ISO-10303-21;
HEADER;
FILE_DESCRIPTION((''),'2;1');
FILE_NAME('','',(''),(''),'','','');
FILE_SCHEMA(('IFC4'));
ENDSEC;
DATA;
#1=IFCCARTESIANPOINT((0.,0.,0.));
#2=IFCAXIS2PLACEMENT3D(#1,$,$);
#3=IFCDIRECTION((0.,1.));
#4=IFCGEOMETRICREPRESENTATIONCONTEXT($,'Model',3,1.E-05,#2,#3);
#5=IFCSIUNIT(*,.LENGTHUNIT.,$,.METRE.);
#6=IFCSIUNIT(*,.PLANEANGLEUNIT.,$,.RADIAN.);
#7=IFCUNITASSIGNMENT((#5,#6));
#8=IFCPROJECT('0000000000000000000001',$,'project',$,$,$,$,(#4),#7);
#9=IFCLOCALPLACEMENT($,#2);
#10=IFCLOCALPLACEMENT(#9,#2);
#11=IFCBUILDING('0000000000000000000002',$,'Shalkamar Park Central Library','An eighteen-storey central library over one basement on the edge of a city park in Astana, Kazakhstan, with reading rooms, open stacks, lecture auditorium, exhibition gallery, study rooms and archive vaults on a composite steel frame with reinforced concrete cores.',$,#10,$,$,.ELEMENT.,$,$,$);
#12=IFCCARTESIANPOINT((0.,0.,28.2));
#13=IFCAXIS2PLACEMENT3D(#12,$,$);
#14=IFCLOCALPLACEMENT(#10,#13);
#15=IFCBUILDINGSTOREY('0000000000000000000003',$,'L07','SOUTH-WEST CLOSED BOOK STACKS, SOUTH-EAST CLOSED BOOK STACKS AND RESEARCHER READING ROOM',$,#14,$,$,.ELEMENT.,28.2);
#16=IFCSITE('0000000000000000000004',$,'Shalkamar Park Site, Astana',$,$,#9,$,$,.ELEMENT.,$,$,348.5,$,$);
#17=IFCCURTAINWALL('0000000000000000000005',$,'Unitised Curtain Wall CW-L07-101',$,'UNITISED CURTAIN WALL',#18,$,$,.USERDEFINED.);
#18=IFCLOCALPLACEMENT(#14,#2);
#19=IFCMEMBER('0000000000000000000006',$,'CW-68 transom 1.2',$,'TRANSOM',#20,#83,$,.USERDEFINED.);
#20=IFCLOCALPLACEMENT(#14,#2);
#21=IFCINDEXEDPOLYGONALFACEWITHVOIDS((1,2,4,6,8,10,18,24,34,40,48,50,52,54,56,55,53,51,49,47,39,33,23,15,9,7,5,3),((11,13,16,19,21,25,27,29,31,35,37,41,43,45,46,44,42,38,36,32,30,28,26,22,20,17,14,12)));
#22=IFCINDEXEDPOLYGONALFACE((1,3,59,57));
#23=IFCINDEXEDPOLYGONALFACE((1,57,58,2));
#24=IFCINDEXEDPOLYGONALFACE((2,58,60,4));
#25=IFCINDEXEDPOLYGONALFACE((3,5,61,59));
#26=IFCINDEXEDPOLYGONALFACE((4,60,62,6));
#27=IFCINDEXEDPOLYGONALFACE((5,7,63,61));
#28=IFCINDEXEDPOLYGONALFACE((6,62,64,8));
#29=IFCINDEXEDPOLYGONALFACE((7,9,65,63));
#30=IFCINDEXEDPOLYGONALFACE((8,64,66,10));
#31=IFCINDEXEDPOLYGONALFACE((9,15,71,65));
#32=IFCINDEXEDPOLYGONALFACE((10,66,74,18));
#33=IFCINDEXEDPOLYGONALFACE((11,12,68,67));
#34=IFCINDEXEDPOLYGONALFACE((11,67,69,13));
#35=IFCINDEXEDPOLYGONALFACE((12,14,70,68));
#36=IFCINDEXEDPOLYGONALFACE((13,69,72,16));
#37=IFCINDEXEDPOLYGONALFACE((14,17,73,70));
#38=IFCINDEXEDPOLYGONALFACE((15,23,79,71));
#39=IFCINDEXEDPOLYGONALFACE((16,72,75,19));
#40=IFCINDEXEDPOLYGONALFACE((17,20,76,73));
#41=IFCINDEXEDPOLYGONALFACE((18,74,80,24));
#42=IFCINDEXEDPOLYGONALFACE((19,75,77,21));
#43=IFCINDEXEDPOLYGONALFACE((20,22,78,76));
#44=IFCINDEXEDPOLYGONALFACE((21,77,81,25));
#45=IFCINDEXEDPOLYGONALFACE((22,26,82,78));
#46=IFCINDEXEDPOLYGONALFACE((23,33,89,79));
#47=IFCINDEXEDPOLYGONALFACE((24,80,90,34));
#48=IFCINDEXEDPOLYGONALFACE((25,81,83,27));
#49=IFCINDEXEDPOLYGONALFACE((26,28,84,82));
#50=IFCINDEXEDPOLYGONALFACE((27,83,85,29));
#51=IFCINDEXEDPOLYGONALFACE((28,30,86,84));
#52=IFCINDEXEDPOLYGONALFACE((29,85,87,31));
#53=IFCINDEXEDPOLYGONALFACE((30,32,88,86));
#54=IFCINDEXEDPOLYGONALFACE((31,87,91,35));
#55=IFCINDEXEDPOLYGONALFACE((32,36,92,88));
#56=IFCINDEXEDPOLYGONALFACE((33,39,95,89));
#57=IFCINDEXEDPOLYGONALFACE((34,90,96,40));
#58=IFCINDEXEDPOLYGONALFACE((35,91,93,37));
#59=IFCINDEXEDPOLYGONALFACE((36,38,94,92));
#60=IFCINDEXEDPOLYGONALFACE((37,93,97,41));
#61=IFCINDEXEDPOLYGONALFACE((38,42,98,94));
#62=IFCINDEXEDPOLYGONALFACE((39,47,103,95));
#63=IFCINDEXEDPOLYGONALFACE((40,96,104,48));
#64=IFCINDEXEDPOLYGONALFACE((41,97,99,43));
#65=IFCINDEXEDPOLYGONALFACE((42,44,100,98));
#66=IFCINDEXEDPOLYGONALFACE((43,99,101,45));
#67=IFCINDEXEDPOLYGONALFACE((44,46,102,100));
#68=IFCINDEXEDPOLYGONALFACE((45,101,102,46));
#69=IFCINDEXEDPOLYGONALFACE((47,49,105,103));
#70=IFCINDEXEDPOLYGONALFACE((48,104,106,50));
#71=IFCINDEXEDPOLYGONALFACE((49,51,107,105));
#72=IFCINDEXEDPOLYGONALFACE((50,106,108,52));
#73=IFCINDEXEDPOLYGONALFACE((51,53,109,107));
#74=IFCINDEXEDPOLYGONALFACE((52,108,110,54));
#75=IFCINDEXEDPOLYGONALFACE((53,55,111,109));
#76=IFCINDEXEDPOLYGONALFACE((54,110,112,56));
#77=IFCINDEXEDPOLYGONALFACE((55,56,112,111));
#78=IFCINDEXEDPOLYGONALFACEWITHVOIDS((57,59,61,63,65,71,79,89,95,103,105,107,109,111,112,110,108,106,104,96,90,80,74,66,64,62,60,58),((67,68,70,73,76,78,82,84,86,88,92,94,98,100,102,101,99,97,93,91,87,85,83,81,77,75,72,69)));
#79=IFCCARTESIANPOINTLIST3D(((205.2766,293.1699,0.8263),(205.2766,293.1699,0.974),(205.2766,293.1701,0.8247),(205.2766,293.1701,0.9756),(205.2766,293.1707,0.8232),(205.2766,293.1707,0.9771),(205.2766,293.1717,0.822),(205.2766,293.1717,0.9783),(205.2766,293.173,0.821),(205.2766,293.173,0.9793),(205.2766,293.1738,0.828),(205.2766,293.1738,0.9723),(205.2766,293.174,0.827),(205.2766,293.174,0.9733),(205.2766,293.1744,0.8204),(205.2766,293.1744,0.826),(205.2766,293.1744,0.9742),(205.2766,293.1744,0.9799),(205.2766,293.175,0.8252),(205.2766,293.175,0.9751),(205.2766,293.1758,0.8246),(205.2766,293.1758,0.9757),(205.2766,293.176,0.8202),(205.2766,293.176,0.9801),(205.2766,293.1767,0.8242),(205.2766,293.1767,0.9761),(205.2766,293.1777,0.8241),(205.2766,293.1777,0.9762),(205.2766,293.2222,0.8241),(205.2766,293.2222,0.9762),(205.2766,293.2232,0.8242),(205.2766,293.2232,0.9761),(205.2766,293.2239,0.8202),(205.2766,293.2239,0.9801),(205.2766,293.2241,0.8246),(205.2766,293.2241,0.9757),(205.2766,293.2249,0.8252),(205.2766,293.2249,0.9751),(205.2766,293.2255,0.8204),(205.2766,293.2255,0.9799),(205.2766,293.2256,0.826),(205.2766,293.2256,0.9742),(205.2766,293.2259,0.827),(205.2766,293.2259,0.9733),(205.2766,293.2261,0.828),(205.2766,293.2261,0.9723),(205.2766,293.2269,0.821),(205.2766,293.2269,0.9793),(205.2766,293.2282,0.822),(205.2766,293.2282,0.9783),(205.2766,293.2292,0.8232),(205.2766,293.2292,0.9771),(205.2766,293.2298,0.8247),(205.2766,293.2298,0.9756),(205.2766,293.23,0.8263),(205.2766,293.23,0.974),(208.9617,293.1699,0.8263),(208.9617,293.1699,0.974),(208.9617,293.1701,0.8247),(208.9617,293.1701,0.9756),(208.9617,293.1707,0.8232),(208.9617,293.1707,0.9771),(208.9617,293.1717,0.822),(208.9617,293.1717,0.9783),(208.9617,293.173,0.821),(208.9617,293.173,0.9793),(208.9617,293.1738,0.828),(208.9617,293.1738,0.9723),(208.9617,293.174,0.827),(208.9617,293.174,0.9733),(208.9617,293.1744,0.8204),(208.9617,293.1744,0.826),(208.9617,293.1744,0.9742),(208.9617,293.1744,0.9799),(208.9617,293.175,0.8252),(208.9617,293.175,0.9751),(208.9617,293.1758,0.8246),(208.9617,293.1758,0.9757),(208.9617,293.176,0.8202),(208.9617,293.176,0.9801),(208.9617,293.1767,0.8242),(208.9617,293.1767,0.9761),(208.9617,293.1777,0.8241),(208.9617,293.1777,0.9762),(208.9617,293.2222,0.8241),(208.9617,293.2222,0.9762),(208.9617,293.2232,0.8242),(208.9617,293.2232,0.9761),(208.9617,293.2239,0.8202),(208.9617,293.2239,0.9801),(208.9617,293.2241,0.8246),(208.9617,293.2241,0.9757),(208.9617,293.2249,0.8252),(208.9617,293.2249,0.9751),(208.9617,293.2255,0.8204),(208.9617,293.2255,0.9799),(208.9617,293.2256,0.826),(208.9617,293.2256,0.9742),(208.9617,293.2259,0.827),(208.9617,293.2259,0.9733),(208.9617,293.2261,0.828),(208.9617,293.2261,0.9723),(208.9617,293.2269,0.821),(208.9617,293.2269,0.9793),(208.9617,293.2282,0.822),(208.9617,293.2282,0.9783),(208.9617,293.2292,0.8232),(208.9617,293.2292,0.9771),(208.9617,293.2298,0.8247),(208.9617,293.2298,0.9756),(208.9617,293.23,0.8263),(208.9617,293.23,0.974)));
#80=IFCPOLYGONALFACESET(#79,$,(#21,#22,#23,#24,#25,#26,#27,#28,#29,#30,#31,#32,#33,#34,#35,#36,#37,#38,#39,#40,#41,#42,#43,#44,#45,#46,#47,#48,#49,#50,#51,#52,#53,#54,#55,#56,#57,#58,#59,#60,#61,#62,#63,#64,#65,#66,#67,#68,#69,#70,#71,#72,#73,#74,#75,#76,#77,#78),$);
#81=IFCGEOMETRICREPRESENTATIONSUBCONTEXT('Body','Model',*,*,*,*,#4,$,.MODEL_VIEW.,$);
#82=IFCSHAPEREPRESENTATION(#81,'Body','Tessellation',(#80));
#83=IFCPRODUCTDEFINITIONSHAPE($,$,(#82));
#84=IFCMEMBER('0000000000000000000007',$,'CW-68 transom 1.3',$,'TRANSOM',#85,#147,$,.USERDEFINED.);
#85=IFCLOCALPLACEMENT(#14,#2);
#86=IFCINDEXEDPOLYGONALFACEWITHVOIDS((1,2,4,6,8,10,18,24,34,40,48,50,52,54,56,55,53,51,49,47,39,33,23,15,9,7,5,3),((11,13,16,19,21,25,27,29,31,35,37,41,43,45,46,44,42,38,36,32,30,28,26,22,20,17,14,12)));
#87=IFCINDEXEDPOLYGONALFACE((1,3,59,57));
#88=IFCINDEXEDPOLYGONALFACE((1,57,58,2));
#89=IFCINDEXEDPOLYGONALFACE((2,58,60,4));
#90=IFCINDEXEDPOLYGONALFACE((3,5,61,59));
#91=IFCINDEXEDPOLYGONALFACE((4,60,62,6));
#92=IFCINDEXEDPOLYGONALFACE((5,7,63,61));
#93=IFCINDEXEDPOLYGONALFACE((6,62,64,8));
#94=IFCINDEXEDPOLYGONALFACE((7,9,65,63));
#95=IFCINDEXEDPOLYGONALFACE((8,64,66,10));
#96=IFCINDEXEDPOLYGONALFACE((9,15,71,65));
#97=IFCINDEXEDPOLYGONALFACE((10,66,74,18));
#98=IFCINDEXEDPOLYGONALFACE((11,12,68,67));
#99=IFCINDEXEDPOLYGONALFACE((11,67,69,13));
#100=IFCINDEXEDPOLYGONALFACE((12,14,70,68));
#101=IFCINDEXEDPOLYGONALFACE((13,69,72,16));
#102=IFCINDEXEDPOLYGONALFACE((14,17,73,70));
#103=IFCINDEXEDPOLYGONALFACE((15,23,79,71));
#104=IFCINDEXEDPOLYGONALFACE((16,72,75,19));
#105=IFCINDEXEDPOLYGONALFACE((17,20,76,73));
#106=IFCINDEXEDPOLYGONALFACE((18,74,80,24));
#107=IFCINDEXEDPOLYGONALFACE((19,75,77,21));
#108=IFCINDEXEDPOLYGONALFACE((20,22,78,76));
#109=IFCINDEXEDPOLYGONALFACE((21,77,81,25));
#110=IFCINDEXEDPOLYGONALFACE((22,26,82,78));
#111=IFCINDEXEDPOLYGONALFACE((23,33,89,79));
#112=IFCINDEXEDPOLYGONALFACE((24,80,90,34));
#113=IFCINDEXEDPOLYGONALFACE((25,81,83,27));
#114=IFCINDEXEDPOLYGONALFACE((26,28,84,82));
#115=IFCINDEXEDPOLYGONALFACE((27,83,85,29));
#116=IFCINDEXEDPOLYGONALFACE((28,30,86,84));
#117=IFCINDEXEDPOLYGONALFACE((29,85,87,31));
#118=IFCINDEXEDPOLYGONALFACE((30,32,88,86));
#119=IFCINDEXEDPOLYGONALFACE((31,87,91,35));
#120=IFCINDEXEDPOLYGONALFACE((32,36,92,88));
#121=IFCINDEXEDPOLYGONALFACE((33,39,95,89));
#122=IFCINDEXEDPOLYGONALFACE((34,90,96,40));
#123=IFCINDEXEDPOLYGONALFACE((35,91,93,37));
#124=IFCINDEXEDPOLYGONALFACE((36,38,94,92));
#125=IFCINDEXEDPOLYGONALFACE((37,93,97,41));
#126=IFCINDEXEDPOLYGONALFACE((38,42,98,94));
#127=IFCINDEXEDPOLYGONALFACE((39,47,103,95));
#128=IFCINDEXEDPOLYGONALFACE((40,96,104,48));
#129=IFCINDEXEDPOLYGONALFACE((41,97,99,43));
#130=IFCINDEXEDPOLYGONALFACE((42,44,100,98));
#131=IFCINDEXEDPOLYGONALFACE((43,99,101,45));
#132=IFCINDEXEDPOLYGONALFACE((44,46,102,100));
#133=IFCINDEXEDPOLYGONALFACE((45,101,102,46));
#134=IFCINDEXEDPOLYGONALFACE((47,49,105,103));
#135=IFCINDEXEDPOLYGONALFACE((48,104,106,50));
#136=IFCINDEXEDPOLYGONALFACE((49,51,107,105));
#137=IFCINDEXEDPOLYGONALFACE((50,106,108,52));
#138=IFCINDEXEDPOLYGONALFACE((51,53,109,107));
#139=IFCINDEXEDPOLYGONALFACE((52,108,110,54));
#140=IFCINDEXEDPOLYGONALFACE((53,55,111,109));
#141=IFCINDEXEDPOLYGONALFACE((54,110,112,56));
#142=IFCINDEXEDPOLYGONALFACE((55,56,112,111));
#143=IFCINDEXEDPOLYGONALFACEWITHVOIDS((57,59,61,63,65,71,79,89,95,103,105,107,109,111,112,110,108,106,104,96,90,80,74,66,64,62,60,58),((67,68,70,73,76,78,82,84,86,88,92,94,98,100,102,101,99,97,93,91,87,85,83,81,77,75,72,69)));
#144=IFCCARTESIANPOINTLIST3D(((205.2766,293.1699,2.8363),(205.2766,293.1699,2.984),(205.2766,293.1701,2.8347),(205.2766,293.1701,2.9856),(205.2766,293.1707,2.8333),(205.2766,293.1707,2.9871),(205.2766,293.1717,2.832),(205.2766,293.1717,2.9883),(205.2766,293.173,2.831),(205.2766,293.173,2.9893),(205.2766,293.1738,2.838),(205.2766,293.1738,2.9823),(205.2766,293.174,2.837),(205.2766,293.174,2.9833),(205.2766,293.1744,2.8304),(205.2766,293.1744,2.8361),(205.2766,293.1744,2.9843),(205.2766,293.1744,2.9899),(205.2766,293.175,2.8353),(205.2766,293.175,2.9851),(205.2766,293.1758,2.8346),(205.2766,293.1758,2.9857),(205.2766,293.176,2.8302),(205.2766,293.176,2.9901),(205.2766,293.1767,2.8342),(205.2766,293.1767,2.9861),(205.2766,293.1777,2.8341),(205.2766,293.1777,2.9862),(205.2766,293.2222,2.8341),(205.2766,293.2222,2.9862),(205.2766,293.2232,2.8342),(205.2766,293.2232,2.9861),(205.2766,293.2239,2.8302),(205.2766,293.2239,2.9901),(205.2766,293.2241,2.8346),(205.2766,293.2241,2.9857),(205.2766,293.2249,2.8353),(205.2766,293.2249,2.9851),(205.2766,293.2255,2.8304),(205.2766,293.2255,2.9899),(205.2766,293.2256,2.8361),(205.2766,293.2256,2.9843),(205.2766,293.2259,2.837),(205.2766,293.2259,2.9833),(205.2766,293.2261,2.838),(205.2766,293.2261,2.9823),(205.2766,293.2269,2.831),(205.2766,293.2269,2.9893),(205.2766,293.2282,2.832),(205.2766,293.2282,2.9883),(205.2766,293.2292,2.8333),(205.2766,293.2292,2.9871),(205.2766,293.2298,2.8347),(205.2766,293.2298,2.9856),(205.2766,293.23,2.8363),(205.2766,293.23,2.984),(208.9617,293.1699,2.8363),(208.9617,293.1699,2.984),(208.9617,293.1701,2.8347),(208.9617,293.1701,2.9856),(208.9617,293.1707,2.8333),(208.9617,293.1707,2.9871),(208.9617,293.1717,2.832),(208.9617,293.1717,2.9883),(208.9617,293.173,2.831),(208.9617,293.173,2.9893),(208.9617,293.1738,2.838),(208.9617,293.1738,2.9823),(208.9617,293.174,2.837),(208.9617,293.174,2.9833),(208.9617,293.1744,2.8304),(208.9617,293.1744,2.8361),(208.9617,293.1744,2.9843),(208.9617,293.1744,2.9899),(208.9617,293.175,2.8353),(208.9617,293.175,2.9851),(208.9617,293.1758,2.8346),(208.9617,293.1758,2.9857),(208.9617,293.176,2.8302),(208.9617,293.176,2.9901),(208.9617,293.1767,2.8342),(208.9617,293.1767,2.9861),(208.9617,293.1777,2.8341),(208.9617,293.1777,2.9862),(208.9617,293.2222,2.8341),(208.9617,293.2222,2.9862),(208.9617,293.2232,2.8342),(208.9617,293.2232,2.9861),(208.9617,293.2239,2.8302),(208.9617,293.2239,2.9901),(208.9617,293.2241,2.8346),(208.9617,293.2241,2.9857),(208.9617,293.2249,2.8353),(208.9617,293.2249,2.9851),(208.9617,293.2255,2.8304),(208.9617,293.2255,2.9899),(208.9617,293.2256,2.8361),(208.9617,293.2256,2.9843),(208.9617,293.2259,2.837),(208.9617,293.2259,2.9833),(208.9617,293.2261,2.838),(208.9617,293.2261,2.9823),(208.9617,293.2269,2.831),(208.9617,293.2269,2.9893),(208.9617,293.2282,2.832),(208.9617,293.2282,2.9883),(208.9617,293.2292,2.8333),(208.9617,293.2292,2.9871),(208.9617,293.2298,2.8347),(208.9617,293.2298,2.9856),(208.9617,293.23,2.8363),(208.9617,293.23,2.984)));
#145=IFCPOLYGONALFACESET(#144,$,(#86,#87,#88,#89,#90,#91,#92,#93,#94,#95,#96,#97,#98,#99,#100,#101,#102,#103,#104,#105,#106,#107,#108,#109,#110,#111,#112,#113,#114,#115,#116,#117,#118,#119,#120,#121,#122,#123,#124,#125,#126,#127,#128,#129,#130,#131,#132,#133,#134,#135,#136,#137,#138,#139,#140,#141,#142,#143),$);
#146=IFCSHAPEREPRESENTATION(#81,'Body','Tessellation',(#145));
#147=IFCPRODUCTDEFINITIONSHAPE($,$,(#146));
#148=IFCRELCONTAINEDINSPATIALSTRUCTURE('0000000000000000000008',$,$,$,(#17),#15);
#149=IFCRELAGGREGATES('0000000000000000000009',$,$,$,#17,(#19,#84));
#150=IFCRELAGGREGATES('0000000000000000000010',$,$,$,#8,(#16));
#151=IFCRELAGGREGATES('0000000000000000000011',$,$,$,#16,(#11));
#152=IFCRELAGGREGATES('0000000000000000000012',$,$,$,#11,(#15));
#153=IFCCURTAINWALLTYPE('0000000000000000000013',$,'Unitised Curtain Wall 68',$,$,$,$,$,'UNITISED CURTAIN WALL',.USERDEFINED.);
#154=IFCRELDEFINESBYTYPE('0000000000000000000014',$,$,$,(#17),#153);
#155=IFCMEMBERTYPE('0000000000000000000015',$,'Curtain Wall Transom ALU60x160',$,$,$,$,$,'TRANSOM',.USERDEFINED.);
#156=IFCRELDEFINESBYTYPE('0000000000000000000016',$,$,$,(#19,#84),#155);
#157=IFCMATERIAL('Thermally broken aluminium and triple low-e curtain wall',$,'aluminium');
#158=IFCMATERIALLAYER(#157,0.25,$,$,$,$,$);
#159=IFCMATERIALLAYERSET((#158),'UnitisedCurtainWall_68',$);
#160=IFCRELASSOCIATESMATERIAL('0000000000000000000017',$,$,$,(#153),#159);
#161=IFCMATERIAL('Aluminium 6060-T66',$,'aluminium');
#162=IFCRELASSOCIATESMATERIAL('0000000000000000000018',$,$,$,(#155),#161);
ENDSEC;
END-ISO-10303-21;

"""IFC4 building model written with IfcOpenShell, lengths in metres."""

from ifc_helpers import new_model, si_unit, direction, frame, origin, origin_2d, place, context, subcontext, project, spatial, hollow_rectangle, extrude, material, layer, layer_set, material_profile, profile_set, type_object, element, aggregate, save


model = new_model("IFC4")

# Units and contexts
model_context = context("Model", 3, precision=1e-05, world=origin(), true_north=direction((0.0, 1.0)))
body_context = subcontext(model_context, "Body", "Model", "MODEL_VIEW")
ifc_project = project(units=[si_unit("LENGTHUNIT", "METRE"), si_unit("PLANEANGLEUNIT", "RADIAN")], contexts=[model_context])

# Site, building, storey
site_placement = place(None, origin())
site = spatial("IfcSite", under=ifc_project, at=site_placement, Name="Shalkamar Park Site, Astana", CompositionType="ELEMENT", RefElevation=348.5)
building_placement = place(site_placement, origin())
building = spatial("IfcBuilding", under=site, at=building_placement, Name="Shalkamar Park Central Library", Description="An eighteen-storey central library over one basement on the edge of a city park in Astana, Kazakhstan, with reading rooms, open stacks, lecture auditorium, exhibition gallery, study rooms and archive vaults on a composite steel frame with reinforced concrete cores.", CompositionType="ELEMENT")
storey_placement = place(building_placement, frame((0.0, 0.0, 28.2)))
storey = spatial("IfcBuildingStorey", under=building, at=storey_placement, Name="L07", Description="SOUTH-WEST CLOSED BOOK STACKS, SOUTH-EAST CLOSED BOOK STACKS AND RESEARCHER READING ROOM", CompositionType="ELEMENT", Elevation=28.2)

# Curtain wall
ifc_material_1 = material(Name="Thermally broken aluminium and triple low-e curtain wall", Category="aluminium")
ifc_layer_1 = layer(ifc_material_1, 0.25)
ifc_layer_set_1 = layer_set([ifc_layer_1], Name="UnitisedCurtainWall_68")
curtain_wall_type_1 = type_object("IfcCurtainWallType", Name="Unitised Curtain Wall 68", ElementType="UNITISED CURTAIN WALL", PredefinedType="USERDEFINED", material=ifc_layer_set_1)
curtain_wall_1_placement = place(storey_placement, origin())
curtain_wall_1 = element("IfcCurtainWall", 1, at=curtain_wall_1_placement, inside=storey, type_object=curtain_wall_type_1, Name="Unitised Curtain Wall CW-L07-101", ObjectType="UNITISED CURTAIN WALL", PredefinedType="USERDEFINED")
ifc_material_2 = material(Name="Aluminium 6060-T66", Category="aluminium")

# Members
ifc_material_profile_1 = material_profile(ifc_material_2, hollow_rectangle(XDim=0.0601, YDim=0.1599, WallThickness=0.0039, InnerFilletRadius=0.0039, OuterFilletRadius=0.0061, at=origin_2d()), Name="ALU 60x160x4")
ifc_profile_set_1 = profile_set([ifc_material_profile_1], Name="Aluminium 6060-T66")
member_type_1 = type_object("IfcMemberType", Name="Curtain Wall Transom ALU60x160", ElementType="TRANSOM", PredefinedType="USERDEFINED", material=ifc_profile_set_1)
member_1_placement = place(storey_placement, frame((205.2766, 293.2, 0.9001), z_axis=(1.0, 0.0, 0.0), x_axis=(0.0, 1.0, 0.0)))
member_1 = element("IfcMember", 2, at=member_1_placement, type_object=member_type_1, Name="CW-68 transom 1.2", ObjectType="TRANSOM", PredefinedType="USERDEFINED", context=body_context, shape_type="SweptSolid", body=[
    extrude(hollow_rectangle(XDim=0.0601, YDim=0.1599, WallThickness=0.0039, InnerFilletRadius=0.0039, OuterFilletRadius=0.0061, at=origin_2d()), origin(), (0.0, 0.0, 1.0), 3.6851),
])
member_2_placement = place(storey_placement, frame((205.2766, 293.2, 2.9102), z_axis=(1.0, 0.0, 0.0), x_axis=(0.0, 1.0, 0.0)))
member_2 = element("IfcMember", 3, at=member_2_placement, type_object=member_type_1, Name="CW-68 transom 1.3", ObjectType="TRANSOM", PredefinedType="USERDEFINED", context=body_context, shape_type="SweptSolid", body=[
    extrude(hollow_rectangle(XDim=0.0601, YDim=0.1599, WallThickness=0.0039, InnerFilletRadius=0.0039, OuterFilletRadius=0.0061, at=origin_2d()), origin(), (0.0, 0.0, 1.0), 3.6851),
])

aggregate(curtain_wall_1, [member_1, member_2])

save(model, "model.ifc")
